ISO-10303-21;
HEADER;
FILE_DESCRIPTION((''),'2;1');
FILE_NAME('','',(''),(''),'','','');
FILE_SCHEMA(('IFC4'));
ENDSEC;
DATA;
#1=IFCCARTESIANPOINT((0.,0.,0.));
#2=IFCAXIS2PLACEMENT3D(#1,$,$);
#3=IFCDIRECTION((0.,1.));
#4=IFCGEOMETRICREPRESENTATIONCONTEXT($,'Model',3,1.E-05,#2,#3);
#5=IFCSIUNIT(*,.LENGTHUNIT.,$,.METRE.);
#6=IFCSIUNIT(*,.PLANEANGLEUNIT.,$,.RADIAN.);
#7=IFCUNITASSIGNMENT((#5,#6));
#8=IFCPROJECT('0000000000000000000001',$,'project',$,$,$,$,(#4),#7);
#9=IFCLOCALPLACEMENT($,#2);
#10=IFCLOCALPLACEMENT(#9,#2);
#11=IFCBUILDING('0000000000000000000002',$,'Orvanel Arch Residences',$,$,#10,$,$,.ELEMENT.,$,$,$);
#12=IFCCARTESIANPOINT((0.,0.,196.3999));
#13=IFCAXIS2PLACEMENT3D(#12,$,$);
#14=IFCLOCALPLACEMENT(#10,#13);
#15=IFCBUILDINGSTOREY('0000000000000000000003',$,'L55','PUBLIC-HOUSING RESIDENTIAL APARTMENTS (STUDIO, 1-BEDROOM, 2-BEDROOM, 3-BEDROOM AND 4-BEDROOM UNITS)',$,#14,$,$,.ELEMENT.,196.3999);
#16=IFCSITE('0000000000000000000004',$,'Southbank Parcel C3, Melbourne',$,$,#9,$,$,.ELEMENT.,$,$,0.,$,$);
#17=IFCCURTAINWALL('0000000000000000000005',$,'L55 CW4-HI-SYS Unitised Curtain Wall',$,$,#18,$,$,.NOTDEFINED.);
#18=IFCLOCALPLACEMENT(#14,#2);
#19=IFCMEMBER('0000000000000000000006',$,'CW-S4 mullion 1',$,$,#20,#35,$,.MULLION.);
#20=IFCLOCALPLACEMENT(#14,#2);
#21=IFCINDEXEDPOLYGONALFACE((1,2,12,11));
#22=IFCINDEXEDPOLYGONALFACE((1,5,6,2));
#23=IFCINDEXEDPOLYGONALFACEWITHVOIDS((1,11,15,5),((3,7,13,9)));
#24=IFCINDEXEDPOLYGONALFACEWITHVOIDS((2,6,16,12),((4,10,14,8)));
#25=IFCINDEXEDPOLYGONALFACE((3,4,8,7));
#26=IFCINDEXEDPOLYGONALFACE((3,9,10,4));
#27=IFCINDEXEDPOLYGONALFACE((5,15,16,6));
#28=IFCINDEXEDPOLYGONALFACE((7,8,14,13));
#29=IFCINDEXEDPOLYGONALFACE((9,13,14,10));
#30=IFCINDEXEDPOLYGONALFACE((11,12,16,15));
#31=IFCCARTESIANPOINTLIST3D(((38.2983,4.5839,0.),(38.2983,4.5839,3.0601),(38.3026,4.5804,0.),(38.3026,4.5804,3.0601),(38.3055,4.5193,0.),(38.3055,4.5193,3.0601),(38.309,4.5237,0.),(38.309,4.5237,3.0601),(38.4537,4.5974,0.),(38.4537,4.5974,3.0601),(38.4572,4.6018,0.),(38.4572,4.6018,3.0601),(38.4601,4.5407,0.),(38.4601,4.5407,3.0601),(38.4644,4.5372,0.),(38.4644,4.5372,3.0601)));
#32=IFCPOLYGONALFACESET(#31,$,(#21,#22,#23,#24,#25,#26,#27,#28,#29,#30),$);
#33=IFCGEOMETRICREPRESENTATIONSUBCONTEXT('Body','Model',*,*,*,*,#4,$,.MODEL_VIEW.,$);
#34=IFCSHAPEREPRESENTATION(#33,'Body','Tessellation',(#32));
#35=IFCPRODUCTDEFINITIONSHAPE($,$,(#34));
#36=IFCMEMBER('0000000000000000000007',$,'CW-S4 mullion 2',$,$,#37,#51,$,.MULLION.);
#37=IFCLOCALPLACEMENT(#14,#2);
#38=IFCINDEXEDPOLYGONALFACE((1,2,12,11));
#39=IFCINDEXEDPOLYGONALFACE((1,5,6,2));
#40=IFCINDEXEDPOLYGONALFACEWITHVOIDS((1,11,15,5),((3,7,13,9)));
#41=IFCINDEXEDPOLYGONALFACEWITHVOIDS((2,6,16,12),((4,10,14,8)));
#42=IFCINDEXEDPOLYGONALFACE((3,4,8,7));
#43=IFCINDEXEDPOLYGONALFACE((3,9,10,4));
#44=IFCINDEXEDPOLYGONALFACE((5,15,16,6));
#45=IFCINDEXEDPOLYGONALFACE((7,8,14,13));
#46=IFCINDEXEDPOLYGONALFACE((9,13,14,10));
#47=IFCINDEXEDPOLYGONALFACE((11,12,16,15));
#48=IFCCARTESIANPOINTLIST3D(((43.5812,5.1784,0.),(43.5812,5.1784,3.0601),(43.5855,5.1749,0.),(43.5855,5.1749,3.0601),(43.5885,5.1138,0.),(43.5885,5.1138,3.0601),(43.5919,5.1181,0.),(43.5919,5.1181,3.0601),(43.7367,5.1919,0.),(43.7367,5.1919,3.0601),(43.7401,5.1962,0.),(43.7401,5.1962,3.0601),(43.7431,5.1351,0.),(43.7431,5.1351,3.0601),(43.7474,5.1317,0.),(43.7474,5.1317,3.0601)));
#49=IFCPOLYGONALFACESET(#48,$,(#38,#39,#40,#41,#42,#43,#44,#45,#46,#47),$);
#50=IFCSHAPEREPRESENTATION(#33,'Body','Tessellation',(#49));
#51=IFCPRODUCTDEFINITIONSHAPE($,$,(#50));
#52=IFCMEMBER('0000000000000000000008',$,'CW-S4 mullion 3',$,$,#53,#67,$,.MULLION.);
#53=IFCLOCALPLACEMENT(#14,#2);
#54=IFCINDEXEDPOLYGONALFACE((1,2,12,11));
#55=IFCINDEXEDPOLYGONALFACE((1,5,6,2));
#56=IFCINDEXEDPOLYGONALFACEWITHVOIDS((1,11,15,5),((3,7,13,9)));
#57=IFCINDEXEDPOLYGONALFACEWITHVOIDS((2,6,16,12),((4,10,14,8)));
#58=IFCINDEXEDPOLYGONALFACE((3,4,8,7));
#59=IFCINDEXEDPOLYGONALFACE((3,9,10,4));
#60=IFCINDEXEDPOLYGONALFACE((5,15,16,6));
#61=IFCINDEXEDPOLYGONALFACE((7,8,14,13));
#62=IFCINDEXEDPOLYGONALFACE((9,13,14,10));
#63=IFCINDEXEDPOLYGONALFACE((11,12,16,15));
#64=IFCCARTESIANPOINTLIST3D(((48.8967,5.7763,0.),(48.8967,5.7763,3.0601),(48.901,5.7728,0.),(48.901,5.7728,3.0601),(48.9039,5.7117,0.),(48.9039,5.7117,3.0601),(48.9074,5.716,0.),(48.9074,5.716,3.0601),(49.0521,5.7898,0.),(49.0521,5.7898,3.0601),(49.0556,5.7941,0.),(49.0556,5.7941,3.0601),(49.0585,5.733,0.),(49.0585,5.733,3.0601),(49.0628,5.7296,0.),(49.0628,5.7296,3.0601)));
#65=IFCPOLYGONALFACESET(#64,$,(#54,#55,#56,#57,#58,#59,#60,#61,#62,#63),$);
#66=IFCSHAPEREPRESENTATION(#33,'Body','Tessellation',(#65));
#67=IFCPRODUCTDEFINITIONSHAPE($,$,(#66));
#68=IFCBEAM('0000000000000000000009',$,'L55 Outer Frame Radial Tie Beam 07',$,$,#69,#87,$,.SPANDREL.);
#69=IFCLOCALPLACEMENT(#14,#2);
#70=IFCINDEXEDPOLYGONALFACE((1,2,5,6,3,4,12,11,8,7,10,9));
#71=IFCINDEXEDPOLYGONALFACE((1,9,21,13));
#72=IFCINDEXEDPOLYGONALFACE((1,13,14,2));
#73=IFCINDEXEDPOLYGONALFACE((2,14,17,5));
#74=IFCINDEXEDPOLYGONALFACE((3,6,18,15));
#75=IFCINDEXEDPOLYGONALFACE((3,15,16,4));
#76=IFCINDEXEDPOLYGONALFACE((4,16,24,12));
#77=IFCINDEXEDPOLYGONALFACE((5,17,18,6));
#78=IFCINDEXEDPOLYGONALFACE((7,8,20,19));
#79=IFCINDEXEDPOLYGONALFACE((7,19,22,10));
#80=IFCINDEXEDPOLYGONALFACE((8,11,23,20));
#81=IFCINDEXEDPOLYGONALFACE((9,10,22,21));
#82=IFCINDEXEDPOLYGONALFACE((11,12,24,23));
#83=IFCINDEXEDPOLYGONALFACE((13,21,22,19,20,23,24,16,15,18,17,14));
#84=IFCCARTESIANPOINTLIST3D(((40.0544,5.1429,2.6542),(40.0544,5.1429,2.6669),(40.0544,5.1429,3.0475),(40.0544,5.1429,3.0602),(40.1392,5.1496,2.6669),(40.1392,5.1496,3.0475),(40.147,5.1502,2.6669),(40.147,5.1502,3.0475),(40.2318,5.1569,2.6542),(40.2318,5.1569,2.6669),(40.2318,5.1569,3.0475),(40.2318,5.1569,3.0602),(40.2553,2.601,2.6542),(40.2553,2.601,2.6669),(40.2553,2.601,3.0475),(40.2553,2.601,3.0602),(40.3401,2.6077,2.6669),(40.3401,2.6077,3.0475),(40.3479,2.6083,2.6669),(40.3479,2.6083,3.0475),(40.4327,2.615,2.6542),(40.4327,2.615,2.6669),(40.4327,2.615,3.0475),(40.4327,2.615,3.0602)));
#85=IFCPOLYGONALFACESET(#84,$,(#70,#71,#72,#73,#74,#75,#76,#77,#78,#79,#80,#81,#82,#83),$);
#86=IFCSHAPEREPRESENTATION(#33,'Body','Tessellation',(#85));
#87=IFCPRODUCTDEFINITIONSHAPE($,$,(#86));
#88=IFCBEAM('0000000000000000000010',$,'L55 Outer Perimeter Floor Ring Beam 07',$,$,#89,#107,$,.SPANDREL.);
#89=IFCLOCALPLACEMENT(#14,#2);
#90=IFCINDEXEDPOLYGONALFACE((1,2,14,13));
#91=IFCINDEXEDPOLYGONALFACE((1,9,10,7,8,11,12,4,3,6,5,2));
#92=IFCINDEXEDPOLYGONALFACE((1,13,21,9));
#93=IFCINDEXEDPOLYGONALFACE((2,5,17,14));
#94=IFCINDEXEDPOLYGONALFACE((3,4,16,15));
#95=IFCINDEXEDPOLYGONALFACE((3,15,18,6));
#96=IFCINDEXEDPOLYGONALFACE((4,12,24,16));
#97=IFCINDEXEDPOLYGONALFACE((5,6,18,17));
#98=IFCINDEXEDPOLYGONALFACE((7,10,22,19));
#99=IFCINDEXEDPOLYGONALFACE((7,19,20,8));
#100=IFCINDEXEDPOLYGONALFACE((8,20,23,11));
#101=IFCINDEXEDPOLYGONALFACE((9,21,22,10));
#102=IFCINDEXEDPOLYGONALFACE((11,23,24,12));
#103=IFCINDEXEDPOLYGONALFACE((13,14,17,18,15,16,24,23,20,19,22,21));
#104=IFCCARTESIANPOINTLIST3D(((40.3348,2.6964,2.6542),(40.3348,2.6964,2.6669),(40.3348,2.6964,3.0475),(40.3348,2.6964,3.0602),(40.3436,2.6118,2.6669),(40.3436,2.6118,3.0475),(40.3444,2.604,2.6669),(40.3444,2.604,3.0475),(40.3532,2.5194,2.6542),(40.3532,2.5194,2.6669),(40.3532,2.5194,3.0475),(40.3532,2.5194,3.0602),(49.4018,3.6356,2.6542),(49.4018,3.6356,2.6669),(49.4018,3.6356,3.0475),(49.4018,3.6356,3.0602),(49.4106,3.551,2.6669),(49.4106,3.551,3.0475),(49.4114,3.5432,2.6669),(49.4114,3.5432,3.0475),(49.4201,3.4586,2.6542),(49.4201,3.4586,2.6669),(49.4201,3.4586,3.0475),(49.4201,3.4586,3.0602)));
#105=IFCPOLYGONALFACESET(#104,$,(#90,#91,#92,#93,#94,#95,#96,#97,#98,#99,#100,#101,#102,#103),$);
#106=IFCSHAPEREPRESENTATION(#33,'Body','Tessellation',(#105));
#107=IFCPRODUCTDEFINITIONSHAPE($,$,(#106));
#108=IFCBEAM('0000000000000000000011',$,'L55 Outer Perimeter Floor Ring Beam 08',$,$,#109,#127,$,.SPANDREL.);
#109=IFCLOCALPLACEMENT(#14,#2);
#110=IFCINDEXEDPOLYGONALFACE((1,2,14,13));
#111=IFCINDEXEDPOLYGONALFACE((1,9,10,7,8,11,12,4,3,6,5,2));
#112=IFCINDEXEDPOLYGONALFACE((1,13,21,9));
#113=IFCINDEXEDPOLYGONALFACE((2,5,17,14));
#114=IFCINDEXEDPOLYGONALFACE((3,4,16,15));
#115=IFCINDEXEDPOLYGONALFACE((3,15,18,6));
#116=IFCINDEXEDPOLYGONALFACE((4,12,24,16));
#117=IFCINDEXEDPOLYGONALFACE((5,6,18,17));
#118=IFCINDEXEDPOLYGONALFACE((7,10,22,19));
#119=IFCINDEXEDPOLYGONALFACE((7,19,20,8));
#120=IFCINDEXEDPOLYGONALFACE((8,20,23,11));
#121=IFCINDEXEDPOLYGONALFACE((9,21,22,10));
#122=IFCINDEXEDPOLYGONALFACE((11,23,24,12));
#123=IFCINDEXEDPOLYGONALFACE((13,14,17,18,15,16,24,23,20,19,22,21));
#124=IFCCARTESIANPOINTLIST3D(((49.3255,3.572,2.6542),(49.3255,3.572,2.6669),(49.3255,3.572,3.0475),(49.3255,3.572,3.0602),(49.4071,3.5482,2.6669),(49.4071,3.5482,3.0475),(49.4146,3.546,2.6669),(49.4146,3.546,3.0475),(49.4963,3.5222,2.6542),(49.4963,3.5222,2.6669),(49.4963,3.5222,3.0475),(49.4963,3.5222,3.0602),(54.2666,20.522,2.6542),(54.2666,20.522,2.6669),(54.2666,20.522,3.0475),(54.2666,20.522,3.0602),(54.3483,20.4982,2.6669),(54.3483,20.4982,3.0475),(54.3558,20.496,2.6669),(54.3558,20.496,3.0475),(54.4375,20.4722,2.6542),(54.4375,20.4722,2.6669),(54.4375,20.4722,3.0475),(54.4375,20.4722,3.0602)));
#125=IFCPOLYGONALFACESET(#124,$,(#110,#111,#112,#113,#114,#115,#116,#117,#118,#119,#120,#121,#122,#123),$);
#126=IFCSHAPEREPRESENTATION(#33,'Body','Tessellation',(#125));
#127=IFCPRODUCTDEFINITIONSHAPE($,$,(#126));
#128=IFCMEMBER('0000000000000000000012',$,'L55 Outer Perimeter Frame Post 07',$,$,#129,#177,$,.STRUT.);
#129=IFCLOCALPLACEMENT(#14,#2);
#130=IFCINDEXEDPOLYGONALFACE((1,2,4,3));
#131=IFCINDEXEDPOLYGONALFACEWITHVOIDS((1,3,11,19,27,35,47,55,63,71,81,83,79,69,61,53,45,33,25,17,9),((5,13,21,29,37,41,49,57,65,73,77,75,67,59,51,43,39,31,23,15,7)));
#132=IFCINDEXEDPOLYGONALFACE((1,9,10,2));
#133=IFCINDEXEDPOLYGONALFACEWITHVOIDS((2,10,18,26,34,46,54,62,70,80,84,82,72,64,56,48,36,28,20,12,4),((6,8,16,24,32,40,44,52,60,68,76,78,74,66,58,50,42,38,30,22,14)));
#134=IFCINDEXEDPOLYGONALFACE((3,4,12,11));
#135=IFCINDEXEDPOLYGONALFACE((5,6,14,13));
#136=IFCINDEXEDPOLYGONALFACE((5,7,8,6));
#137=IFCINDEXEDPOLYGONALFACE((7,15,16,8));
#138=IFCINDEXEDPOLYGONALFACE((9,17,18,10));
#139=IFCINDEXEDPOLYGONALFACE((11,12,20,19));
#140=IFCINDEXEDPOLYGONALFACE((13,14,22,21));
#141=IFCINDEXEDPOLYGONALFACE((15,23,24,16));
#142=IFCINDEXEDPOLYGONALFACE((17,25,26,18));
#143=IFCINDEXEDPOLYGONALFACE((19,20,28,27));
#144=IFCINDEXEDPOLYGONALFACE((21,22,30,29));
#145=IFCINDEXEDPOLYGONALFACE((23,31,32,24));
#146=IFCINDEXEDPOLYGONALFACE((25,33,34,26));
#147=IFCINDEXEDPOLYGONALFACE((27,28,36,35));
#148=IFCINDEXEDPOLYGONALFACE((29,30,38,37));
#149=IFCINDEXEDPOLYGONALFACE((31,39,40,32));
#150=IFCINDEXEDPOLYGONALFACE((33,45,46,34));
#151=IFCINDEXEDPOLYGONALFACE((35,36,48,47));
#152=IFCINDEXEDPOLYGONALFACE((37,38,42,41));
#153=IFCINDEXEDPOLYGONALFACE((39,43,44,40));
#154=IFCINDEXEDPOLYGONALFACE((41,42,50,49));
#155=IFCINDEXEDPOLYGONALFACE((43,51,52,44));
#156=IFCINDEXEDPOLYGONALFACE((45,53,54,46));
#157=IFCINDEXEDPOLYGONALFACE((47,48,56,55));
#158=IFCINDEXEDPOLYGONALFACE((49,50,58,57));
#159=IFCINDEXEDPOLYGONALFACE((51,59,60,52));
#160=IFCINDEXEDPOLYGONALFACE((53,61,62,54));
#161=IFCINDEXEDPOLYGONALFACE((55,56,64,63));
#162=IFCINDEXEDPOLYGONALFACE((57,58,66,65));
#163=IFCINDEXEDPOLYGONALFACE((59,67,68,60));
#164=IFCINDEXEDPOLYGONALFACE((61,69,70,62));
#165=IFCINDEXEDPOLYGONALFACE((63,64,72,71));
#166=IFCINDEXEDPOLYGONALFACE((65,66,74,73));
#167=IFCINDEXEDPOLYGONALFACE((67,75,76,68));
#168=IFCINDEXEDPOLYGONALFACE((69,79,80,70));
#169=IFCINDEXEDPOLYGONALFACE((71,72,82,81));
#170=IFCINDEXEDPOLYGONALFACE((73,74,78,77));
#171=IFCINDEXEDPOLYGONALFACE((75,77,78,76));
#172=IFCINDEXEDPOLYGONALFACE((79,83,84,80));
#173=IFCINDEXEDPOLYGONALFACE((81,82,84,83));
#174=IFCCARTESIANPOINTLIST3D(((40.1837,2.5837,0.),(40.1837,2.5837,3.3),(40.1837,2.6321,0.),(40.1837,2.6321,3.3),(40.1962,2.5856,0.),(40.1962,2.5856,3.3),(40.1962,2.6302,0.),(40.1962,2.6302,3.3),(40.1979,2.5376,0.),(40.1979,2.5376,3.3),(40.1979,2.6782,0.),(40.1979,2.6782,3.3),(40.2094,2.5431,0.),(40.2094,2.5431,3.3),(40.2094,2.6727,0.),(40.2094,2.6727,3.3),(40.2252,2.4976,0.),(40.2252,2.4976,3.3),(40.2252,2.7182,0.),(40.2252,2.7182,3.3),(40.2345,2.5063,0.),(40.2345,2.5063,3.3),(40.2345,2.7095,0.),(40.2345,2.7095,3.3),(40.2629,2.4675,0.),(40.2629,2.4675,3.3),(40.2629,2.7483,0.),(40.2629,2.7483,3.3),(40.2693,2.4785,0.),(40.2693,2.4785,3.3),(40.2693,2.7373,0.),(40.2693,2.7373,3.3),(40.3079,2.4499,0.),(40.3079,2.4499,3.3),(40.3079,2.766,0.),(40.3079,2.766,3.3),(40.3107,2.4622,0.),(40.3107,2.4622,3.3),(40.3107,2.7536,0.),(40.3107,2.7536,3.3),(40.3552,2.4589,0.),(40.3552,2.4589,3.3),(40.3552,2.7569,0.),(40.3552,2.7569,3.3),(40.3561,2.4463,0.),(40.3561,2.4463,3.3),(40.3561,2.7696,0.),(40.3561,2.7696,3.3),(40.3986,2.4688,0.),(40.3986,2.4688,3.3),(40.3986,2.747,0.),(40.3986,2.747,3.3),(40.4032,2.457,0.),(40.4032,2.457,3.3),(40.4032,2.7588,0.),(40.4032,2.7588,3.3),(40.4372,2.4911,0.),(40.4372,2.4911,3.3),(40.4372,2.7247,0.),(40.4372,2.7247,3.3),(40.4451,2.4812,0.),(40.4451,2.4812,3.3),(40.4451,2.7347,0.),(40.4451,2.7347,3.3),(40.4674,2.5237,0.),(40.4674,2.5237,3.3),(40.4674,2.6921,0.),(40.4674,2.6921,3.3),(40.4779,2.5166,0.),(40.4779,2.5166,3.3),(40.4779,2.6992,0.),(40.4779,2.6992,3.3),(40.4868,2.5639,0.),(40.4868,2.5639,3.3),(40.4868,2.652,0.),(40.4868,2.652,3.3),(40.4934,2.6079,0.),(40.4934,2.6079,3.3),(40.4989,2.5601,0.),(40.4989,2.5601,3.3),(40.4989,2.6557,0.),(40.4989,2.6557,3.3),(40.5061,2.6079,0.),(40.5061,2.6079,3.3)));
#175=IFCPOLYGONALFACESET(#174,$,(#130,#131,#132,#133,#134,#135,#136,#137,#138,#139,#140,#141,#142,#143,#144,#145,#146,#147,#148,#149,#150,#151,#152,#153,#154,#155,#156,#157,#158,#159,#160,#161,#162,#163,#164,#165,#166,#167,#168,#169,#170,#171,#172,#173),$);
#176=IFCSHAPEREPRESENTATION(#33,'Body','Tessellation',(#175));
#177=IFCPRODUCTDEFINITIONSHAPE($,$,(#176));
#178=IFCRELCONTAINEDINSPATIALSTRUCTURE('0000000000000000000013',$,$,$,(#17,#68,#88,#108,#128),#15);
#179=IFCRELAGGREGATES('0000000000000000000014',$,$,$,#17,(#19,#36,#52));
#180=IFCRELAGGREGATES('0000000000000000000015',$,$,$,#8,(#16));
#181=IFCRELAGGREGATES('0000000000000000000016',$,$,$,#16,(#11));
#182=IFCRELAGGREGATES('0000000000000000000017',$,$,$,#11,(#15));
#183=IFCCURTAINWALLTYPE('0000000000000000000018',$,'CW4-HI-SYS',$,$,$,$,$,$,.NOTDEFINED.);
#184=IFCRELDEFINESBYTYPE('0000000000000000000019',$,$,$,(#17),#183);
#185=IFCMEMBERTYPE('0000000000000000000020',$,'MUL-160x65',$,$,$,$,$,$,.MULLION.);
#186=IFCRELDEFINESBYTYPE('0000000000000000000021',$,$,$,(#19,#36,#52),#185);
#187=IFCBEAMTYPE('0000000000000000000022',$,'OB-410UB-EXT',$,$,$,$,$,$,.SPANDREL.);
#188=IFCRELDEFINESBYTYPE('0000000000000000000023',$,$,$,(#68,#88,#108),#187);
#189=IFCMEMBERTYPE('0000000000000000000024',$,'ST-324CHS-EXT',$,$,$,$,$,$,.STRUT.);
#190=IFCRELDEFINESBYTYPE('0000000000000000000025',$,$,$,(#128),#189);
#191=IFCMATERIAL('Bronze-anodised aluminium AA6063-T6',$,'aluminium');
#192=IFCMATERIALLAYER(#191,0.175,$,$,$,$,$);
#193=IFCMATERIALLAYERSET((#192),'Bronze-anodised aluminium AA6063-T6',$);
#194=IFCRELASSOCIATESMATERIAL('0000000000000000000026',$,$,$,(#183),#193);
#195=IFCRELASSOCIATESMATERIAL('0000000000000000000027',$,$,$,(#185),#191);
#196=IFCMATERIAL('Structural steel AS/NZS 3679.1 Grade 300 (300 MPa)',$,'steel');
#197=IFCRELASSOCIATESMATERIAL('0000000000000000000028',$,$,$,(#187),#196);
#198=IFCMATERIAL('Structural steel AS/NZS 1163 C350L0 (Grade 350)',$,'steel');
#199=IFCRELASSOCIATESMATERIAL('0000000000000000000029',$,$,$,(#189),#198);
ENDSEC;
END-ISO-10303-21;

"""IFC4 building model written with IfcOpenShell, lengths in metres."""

from ifc_helpers import new_model, si_unit, direction, frame, origin, origin_2d, place, context, subcontext, project, spatial, hollow_rectangle, hollow_circle, i_section, extrude, material, layer, layer_set, material_profile, profile_set, type_object, element, aggregate, save


model = new_model("IFC4")

# Units and contexts
model_context = context("Model", 3, precision=1e-05, world=origin(), true_north=direction((0.0, 1.0)))
body_context = subcontext(model_context, "Body", "Model", "MODEL_VIEW")
ifc_project = project(units=[si_unit("LENGTHUNIT", "METRE"), si_unit("PLANEANGLEUNIT", "RADIAN")], contexts=[model_context])

# Site, building, storey
site_placement = place(None, origin())
site = spatial("IfcSite", under=ifc_project, at=site_placement, Name="Southbank Parcel C3, Melbourne", CompositionType="ELEMENT", RefElevation=0.0)
building_placement = place(site_placement, origin())
building = spatial("IfcBuilding", under=site, at=building_placement, Name="Orvanel Arch Residences", CompositionType="ELEMENT")
storey_placement = place(building_placement, frame((0.0, 0.0, 196.3999)))
storey = spatial("IfcBuildingStorey", under=building, at=storey_placement, Name="L55", Description="PUBLIC-HOUSING RESIDENTIAL APARTMENTS (STUDIO, 1-BEDROOM, 2-BEDROOM, 3-BEDROOM AND 4-BEDROOM UNITS)", CompositionType="ELEMENT", Elevation=196.3999)

# Curtain wall, members
ifc_material_1 = material(Name="Bronze-anodised aluminium AA6063-T6", Category="aluminium")
ifc_layer_1 = layer(ifc_material_1, 0.175)
ifc_layer_set_1 = layer_set([ifc_layer_1], Name="Bronze-anodised aluminium AA6063-T6")
curtain_wall_type = type_object("IfcCurtainWallType", Name="CW4-HI-SYS", PredefinedType="NOTDEFINED", material=ifc_layer_set_1)
curtain_wall_placement = place(storey_placement, origin())
curtain_wall = element("IfcCurtainWall", 1, at=curtain_wall_placement, inside=storey, type_object=curtain_wall_type, Name="L55 CW4-HI-SYS Unitised Curtain Wall", PredefinedType="NOTDEFINED")
ifc_material_profile_1 = material_profile(ifc_material_1, hollow_rectangle(XDim=0.0649, YDim=0.1599, WallThickness=0.0039, at=origin_2d()), Name="ALU160x65x4")
ifc_profile_set_1 = profile_set([ifc_material_profile_1], Name="Bronze-anodised aluminium AA6063-T6")
member_type_1 = type_object("IfcMemberType", Name="MUL-160x65", PredefinedType="MULLION", material=ifc_profile_set_1)
member_1_placement = place(storey_placement, frame((38.3813, 4.5605, 0.0), z_axis=(0.0, 0.0, 1.0), x_axis=(-0.111799, 0.993731, 0.0)))
member_1 = element("IfcMember", 2, at=member_1_placement, type_object=member_type_1, Name="CW-S4 mullion 1", PredefinedType="MULLION", context=body_context, shape_type="SweptSolid", body=[
    extrude(hollow_rectangle(XDim=0.0649, YDim=0.1599, WallThickness=0.0039, at=origin_2d()), origin(), (0.0, 0.0, 1.0), 3.0601),
])
member_2_placement = place(storey_placement, frame((43.6643, 5.155, 0.0), z_axis=(0.0, 0.0, 1.0), x_axis=(-0.111799, 0.993731, 0.0)))
member_2 = element("IfcMember", 3, at=member_2_placement, type_object=member_type_1, Name="CW-S4 mullion 2", PredefinedType="MULLION", context=body_context, shape_type="SweptSolid", body=[
    extrude(hollow_rectangle(XDim=0.0649, YDim=0.1599, WallThickness=0.0039, at=origin_2d()), origin(), (0.0, 0.0, 1.0), 3.0601),
])
member_3_placement = place(storey_placement, frame((48.9797, 5.7529, 0.0), z_axis=(0.0, 0.0, 1.0), x_axis=(-0.111799, 0.993731, 0.0)))
member_3 = element("IfcMember", 4, at=member_3_placement, type_object=member_type_1, Name="CW-S4 mullion 3", PredefinedType="MULLION", context=body_context, shape_type="SweptSolid", body=[
    extrude(hollow_rectangle(XDim=0.0649, YDim=0.1599, WallThickness=0.0039, at=origin_2d()), origin(), (0.0, 0.0, 1.0), 3.0601),
])

# Beams
ifc_material_2 = material(Name="Structural steel AS/NZS 3679.1 Grade 300 (300 MPa)", Category="steel")
ifc_material_profile_2 = material_profile(ifc_material_2, i_section(OverallWidth=0.178, OverallDepth=0.406, WebThickness=0.0078, FlangeThickness=0.0127, at=origin_2d()), Name="410UB59.7")
ifc_profile_set_2 = profile_set([ifc_material_profile_2], Name="Structural steel AS/NZS 3679.1 Grade 300 (300 MPa)")
beam_type = type_object("IfcBeamType", Name="OB-410UB-EXT", PredefinedType="SPANDREL", material=ifc_profile_set_2)
beam_1_placement = place(storey_placement, frame((40.1431, 5.1499, 2.8572), z_axis=(0.078798, -0.996891, 0.0), x_axis=(0.996891, 0.078798, 0.0)))
element("IfcBeam", 5, at=beam_1_placement, inside=storey, type_object=beam_type, Name="L55 Outer Frame Radial Tie Beam 07", PredefinedType="SPANDREL", context=body_context, shape_type="SweptSolid", body=[
    extrude(i_section(OverallWidth=0.178, OverallDepth=0.406, WebThickness=0.0078, FlangeThickness=0.0127, at=origin_2d()), origin(), (0.0, 0.0, 1.0), 2.5498),
])
beam_2_placement = place(storey_placement, frame((40.344, 2.6079, 2.8572), z_axis=(0.994678, 0.103035, 0.0), x_axis=(-0.103035, 0.994678, 0.0)))
element("IfcBeam", 6, at=beam_2_placement, inside=storey, type_object=beam_type, Name="L55 Outer Perimeter Floor Ring Beam 07", PredefinedType="SPANDREL", context=body_context, shape_type="SweptSolid", body=[
    extrude(i_section(OverallWidth=0.178, OverallDepth=0.406, WebThickness=0.0078, FlangeThickness=0.0127, at=origin_2d()), origin(), (0.0, 0.0, 1.0), 9.1155),
])
beam_3_placement = place(storey_placement, frame((49.4109, 3.5471, 2.8572), z_axis=(0.279866, 0.960039, 0.0), x_axis=(-0.960039, 0.279866, 0.0)))
element("IfcBeam", 7, at=beam_3_placement, inside=storey, type_object=beam_type, Name="L55 Outer Perimeter Floor Ring Beam 08", PredefinedType="SPANDREL", context=body_context, shape_type="SweptSolid", body=[
    extrude(i_section(OverallWidth=0.178, OverallDepth=0.406, WebThickness=0.0078, FlangeThickness=0.0127, at=origin_2d()), origin(), (0.0, 0.0, 1.0), 17.6555),
])

# Member
ifc_material_3 = material(Name="Structural steel AS/NZS 1163 C350L0 (Grade 350)", Category="steel")
ifc_material_profile_3 = material_profile(ifc_material_3, hollow_circle(Radius=0.1621, WallThickness=0.0127, at=origin_2d()), Name="CHS324x12.7")
ifc_profile_set_3 = profile_set([ifc_material_profile_3], Name="Structural steel AS/NZS 1163 C350L0 (Grade 350)")
member_type_2 = type_object("IfcMemberType", Name="ST-324CHS-EXT", PredefinedType="STRUT", material=ifc_profile_set_3)
for number, where, z_axis, x_axis, name in (
    (8, (40.344, 2.6079, 0.0), (0.0, 0.0, 1.0), (1.0, 0.0, 0.0), "L55 Outer Perimeter Frame Post 07"),
):
    element("IfcMember", number, at=place(storey_placement, frame(where, z_axis=z_axis, x_axis=x_axis)), inside=storey, type_object=member_type_2, Name=name, PredefinedType="STRUT", context=body_context, shape_type="SweptSolid", body=[
        extrude(hollow_circle(Radius=0.1621, WallThickness=0.0127, at=origin_2d()), origin(), (0.0, 0.0, 1.0), 3.3),
    ])

aggregate(curtain_wall, [member_1, member_2, member_3])

save(model, "model.ifc")
